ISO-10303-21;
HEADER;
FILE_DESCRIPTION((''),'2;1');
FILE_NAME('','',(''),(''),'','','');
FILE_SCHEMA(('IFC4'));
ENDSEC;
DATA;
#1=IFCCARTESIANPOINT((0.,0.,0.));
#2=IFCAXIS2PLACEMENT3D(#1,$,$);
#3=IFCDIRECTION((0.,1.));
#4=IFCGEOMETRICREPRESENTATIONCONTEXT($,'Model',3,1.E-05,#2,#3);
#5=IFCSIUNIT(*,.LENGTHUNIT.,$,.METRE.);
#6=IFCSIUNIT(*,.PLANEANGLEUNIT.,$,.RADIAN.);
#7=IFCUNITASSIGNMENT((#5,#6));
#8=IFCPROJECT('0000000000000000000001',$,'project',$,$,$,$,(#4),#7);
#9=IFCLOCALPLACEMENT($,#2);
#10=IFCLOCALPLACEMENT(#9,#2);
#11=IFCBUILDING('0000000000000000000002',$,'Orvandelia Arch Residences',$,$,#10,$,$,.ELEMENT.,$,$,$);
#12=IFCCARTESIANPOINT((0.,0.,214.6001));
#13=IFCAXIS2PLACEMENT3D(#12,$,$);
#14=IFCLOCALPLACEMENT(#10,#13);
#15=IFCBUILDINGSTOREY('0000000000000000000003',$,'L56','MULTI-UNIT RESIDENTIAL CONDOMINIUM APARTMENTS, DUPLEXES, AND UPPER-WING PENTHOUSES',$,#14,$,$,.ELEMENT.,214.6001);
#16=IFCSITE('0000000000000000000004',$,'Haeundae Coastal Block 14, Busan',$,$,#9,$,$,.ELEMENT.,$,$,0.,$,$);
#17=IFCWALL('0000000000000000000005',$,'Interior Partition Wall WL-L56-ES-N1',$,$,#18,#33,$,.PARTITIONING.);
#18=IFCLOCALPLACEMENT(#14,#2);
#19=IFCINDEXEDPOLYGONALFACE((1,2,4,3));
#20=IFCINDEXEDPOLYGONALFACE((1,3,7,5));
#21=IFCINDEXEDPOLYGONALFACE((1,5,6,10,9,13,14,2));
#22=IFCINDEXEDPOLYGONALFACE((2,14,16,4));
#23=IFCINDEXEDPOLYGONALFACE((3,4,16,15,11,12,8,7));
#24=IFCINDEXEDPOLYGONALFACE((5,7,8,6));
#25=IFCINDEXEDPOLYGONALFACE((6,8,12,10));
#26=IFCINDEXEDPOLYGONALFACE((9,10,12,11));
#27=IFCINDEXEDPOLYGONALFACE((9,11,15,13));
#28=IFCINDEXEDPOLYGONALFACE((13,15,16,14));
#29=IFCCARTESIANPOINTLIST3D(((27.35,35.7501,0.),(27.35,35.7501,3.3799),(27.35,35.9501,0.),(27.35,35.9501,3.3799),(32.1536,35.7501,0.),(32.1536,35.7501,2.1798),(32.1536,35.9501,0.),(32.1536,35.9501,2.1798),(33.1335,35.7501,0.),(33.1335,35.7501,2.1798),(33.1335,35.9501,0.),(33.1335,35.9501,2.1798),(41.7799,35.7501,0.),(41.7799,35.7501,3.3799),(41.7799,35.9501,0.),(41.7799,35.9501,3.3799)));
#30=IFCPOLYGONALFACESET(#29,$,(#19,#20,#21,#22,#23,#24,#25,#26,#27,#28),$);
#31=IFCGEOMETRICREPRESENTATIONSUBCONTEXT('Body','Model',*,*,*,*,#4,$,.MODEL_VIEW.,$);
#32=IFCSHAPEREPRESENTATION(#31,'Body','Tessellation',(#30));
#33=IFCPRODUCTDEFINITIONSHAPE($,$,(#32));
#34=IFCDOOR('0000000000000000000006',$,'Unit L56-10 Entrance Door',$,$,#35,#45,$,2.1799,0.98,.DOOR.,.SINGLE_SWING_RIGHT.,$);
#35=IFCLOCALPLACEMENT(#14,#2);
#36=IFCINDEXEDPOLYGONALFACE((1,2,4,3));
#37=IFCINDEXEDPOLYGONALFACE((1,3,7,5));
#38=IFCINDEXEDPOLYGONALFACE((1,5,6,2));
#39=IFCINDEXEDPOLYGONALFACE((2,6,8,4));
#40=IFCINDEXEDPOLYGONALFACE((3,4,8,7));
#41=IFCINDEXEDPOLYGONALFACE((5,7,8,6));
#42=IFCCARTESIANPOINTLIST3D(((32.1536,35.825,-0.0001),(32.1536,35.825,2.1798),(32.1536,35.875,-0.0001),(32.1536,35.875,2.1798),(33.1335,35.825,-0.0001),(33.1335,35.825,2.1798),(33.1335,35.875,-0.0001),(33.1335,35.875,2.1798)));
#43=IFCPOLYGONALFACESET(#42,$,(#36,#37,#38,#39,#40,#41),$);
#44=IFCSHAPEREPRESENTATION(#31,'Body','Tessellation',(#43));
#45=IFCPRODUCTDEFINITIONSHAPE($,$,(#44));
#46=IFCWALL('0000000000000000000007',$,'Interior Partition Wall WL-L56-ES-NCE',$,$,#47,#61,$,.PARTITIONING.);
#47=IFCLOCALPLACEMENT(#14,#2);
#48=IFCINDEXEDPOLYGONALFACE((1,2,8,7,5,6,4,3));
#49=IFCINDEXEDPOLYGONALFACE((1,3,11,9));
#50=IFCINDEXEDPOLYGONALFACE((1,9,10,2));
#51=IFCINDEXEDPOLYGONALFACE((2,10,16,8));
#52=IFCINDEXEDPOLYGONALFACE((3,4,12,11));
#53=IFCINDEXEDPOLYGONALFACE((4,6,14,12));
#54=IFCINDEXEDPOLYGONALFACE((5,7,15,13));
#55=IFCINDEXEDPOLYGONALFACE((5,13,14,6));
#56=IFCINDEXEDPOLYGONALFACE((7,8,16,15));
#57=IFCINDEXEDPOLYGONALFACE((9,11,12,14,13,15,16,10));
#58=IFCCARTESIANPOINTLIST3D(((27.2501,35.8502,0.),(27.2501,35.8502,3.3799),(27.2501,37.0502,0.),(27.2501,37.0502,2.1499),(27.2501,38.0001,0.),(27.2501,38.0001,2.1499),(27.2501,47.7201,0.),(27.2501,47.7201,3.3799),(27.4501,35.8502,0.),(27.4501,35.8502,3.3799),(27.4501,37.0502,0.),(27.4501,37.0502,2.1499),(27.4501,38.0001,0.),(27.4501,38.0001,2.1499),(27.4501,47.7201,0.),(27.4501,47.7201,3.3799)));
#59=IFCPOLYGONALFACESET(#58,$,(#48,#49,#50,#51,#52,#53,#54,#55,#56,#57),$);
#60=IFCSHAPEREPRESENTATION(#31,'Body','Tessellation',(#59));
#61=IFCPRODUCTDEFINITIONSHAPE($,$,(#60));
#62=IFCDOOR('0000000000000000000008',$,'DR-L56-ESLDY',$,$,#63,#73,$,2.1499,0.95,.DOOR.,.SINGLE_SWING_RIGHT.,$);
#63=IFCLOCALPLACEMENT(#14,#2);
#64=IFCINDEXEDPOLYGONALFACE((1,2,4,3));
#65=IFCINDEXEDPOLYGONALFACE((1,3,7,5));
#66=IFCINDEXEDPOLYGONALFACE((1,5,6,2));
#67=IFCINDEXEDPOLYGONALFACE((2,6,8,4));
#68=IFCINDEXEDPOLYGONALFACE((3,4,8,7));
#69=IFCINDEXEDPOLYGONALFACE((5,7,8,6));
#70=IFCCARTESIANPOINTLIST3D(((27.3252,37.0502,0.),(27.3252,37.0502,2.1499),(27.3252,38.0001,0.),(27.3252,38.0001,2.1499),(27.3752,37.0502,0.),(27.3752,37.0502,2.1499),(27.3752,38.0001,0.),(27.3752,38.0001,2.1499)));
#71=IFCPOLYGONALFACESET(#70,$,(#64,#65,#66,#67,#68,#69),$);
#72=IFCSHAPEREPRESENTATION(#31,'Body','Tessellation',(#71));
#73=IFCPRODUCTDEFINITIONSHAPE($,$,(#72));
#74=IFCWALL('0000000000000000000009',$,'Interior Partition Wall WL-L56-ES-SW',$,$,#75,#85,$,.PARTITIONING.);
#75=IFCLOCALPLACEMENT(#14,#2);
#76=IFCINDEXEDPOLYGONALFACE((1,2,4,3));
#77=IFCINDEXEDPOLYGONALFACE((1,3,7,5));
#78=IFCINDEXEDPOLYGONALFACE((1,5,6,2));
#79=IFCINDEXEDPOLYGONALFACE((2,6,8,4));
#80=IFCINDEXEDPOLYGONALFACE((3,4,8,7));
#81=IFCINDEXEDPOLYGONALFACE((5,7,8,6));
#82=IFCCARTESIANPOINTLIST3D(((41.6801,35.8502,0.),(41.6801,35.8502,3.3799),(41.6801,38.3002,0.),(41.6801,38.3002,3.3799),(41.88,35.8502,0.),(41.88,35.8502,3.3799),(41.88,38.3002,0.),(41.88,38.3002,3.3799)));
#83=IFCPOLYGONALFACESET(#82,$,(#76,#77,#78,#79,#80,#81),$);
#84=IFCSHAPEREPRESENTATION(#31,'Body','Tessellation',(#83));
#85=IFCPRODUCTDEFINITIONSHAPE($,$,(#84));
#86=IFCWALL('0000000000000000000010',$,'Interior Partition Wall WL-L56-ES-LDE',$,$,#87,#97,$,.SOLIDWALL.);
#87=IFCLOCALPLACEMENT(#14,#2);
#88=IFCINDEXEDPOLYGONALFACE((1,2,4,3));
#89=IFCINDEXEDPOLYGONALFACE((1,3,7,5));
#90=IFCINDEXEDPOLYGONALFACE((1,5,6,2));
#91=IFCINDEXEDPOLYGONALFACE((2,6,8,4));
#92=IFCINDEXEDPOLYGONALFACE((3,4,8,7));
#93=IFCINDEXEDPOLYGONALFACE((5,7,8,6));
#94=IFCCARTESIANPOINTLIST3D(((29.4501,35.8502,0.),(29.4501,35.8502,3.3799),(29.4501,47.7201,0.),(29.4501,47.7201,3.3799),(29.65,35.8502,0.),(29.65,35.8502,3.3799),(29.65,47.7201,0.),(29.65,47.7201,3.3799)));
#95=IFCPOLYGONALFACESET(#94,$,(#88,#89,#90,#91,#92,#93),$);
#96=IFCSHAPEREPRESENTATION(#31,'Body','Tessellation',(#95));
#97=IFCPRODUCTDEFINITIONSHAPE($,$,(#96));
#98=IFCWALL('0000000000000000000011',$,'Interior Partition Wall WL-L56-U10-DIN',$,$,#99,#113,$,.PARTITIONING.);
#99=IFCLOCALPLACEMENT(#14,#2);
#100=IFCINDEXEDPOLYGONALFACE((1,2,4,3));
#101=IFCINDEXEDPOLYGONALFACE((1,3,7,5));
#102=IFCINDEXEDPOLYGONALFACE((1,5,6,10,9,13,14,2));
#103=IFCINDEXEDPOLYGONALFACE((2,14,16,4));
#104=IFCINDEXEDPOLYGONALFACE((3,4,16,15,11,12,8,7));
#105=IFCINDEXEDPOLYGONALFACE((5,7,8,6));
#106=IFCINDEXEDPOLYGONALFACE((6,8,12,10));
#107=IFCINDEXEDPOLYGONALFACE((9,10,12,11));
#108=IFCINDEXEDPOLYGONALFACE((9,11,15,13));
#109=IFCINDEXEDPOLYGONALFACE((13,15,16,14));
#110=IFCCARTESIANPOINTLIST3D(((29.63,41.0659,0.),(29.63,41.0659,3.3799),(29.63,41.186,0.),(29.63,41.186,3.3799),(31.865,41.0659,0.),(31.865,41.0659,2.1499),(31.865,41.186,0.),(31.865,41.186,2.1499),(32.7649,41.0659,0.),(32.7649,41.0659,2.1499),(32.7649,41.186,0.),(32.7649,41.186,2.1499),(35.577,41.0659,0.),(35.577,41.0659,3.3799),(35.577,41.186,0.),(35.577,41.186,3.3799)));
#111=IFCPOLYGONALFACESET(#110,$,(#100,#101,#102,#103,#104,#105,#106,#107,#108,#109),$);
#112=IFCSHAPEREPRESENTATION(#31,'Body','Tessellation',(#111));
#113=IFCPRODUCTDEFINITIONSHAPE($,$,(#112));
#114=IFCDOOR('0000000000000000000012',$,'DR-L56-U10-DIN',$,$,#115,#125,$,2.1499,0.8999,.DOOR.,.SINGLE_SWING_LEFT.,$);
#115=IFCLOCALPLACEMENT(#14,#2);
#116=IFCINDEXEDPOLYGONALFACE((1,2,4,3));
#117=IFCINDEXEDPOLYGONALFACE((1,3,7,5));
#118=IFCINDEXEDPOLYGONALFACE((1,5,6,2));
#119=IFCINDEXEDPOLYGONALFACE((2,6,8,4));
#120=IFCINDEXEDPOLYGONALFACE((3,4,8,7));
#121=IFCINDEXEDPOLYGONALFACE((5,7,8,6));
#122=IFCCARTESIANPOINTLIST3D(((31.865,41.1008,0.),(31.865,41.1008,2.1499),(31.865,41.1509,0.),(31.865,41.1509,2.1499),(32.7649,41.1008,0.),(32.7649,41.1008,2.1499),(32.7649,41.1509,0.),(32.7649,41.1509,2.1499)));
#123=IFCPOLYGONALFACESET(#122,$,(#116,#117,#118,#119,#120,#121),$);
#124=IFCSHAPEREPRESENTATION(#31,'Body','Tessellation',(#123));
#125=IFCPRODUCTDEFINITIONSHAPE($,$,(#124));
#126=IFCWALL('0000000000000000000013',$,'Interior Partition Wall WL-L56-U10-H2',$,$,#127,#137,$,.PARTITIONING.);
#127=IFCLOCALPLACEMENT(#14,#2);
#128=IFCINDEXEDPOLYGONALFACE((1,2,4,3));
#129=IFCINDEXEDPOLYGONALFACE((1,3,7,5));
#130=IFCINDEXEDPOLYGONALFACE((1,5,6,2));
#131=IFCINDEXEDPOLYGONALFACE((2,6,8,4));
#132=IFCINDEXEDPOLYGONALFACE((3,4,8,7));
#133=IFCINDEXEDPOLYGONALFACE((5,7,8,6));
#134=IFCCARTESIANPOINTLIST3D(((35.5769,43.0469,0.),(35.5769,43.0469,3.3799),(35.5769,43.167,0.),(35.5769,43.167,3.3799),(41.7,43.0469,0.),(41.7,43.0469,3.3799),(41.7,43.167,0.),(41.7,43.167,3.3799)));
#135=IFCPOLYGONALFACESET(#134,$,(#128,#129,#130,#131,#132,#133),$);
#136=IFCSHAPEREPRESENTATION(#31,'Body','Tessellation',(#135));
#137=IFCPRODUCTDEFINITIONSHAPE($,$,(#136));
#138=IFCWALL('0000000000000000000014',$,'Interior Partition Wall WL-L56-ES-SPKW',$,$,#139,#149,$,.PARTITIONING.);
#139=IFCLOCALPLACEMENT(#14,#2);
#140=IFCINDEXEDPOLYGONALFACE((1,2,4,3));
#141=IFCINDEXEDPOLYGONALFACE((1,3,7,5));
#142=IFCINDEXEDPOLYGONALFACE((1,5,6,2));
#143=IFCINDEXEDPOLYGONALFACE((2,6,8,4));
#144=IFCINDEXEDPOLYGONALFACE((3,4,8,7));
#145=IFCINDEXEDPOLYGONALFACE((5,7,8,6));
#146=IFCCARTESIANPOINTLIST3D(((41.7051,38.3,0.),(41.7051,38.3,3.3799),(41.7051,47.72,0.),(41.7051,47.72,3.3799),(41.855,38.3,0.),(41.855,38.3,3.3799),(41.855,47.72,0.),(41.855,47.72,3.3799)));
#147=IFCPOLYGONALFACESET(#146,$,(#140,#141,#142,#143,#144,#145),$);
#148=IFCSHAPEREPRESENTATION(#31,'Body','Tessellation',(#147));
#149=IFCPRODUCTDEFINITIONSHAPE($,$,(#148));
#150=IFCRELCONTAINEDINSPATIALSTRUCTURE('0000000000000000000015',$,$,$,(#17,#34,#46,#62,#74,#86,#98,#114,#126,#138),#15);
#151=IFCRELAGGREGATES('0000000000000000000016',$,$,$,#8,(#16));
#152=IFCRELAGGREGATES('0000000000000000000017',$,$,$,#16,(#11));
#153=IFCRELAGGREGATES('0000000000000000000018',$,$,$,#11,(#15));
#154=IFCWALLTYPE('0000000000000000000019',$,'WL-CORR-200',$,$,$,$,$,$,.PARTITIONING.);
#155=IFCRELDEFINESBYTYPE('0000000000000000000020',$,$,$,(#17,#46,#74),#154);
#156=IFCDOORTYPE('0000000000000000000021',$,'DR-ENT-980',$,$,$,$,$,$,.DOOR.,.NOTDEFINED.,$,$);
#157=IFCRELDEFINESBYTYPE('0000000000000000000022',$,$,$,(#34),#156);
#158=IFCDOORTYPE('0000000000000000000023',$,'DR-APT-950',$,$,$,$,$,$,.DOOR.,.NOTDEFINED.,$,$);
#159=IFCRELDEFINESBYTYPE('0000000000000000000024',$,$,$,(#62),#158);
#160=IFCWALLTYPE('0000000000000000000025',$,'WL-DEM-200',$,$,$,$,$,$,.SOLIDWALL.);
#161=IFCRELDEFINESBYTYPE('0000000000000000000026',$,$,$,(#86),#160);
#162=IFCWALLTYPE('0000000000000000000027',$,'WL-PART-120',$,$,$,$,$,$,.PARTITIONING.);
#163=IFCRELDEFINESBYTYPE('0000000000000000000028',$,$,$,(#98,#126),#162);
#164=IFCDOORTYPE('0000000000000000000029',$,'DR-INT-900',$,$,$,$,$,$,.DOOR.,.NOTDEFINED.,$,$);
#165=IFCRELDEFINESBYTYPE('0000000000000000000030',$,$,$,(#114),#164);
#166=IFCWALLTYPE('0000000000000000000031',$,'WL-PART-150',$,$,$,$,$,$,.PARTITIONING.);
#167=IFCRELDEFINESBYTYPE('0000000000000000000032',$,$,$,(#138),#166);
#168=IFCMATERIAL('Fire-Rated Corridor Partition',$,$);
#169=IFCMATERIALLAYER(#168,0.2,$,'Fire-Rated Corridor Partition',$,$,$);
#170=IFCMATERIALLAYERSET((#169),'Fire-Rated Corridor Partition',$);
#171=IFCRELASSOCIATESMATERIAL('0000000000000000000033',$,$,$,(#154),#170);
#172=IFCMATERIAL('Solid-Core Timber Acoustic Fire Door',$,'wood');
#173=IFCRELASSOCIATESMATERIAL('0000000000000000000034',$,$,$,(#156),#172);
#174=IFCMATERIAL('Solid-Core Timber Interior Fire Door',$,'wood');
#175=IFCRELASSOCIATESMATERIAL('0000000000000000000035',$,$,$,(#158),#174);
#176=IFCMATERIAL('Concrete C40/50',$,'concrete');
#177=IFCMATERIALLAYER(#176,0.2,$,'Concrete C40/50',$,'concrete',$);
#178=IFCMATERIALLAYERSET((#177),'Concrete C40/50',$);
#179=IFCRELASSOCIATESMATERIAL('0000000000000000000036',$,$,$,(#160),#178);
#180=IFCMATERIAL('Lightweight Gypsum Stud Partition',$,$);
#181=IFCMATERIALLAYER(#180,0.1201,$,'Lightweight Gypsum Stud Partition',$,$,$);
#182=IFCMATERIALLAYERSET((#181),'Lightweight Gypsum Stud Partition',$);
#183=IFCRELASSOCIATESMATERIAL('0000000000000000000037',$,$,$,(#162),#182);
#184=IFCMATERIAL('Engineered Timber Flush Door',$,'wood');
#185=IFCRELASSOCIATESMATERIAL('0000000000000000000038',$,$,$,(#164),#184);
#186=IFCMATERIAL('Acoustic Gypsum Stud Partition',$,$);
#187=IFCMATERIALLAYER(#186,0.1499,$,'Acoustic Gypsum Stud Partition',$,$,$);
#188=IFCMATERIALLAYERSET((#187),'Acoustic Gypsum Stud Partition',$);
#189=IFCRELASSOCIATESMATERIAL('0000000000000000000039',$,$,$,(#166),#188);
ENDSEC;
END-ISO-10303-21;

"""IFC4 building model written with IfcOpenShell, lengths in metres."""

from ifc_helpers import new_model, si_unit, direction, frame, frame_2d, origin, place, context, subcontext, project, spatial, rectangle, extrude, material, layer, layer_set, type_object, element, fill, save


model = new_model("IFC4")

# Units and contexts
model_context = context("Model", 3, precision=1e-05, world=origin(), true_north=direction((0.0, 1.0)))
body_context = subcontext(model_context, "Body", "Model", "MODEL_VIEW")
ifc_project = project(units=[si_unit("LENGTHUNIT", "METRE"), si_unit("PLANEANGLEUNIT", "RADIAN")], contexts=[model_context])

# Site, building, storey
site_placement = place(None, origin())
site = spatial("IfcSite", under=ifc_project, at=site_placement, Name="Haeundae Coastal Block 14, Busan", CompositionType="ELEMENT", RefElevation=0.0)
building_placement = place(site_placement, origin())
building = spatial("IfcBuilding", under=site, at=building_placement, Name="Orvandelia Arch Residences", CompositionType="ELEMENT")
storey_placement = place(building_placement, frame((0.0, 0.0, 214.6001)))
storey = spatial("IfcBuildingStorey", under=building, at=storey_placement, Name="L56", Description="MULTI-UNIT RESIDENTIAL CONDOMINIUM APARTMENTS, DUPLEXES, AND UPPER-WING PENTHOUSES", CompositionType="ELEMENT", Elevation=214.6001)

# Walls, openings, doors
ifc_material_1 = material(Name="Fire-Rated Corridor Partition")
ifc_layer_1 = layer(ifc_material_1, 0.2, Name="Fire-Rated Corridor Partition")
ifc_layer_set_1 = layer_set([ifc_layer_1], Name="Fire-Rated Corridor Partition")
wall_type_1 = type_object("IfcWallType", Name="WL-CORR-200", PredefinedType="PARTITIONING", material=ifc_layer_set_1)
wall_1_placement = place(storey_placement, frame((27.3501, 35.8501, 0.0), z_axis=(0.0, 0.0, 1.0), x_axis=(1.0, 0.0, 0.0)))
wall_1 = element("IfcWall", 1, at=wall_1_placement, inside=storey, type_object=wall_type_1, Name="Interior Partition Wall WL-L56-ES-N1", PredefinedType="PARTITIONING", context=body_context, shape_type="SweptSolid", body=[
    extrude(rectangle(XDim=14.4299, YDim=0.2, at=frame_2d((7.2148, 0.0))), origin(), (0.0, 0.0, 1.0), 3.3799),
])
opening_1_placement = place(wall_1_placement, frame((4.8035, 0.0, 0.0)))
opening_1 = element("IfcOpeningElement", 2, at=opening_1_placement, cuts=wall_1, PredefinedType="OPENING", context=body_context, shape_type="SweptSolid", body=[
    extrude(rectangle(XDim=0.98, YDim=2.1799, at=frame_2d((0.49, 1.0898))), frame((0.0, 0.1099, 0.0), z_axis=(0.0, -1.0, 0.0), x_axis=(1.0, 0.0, 0.0)), (0.0, 0.0, 1.0), 0.22),
])
ifc_material_2 = material(Name="Solid-Core Timber Acoustic Fire Door", Category="wood")
door_type_1 = type_object("IfcDoorType", Name="DR-ENT-980", OperationType="NOTDEFINED", PredefinedType="DOOR", material=ifc_material_2)
door_1_placement = place(opening_1_placement, origin())
door_1 = element("IfcDoor", 3, at=door_1_placement, inside=storey, type_object=door_type_1, Name="Unit L56-10 Entrance Door", OperationType="SINGLE_SWING_RIGHT", OverallHeight=2.1799, OverallWidth=0.98, PredefinedType="DOOR", context=body_context, shape_type="SweptSolid", body=[
    extrude(rectangle(XDim=0.98, YDim=2.1799, at=frame_2d((0.49, 1.0898))), frame((0.0, 0.0249, 0.0), z_axis=(0.0, -1.0, 0.0), x_axis=(1.0, 0.0, 0.0)), (0.0, 0.0, 1.0), 0.05),
])
fill(opening_1, door_1)
wall_2_placement = place(storey_placement, frame((27.3501, 35.8501, 0.0), z_axis=(0.0, 0.0, 1.0), x_axis=(0.0, 1.0, 0.0)))
wall_2 = element("IfcWall", 4, at=wall_2_placement, inside=storey, type_object=wall_type_1, Name="Interior Partition Wall WL-L56-ES-NCE", PredefinedType="PARTITIONING", context=body_context, shape_type="SweptSolid", body=[
    extrude(rectangle(XDim=11.8699, YDim=0.2, at=frame_2d((5.9351, 0.0))), origin(), (0.0, 0.0, 1.0), 3.3799),
])
opening_2_placement = place(wall_2_placement, frame((1.2, 0.0, 0.0)))
opening_2 = element("IfcOpeningElement", 5, at=opening_2_placement, cuts=wall_2, PredefinedType="OPENING", context=body_context, shape_type="SweptSolid", body=[
    extrude(rectangle(XDim=0.95, YDim=2.1499, at=frame_2d((0.4751, 1.075))), frame((0.0, 0.1099, 0.0), z_axis=(0.0, -1.0, 0.0), x_axis=(1.0, 0.0, 0.0)), (0.0, 0.0, 1.0), 0.22),
])
ifc_material_3 = material(Name="Solid-Core Timber Interior Fire Door", Category="wood")
door_type_2 = type_object("IfcDoorType", Name="DR-APT-950", OperationType="NOTDEFINED", PredefinedType="DOOR", material=ifc_material_3)
door_2_placement = place(opening_2_placement, origin())
door_2 = element("IfcDoor", 6, at=door_2_placement, inside=storey, type_object=door_type_2, Name="DR-L56-ESLDY", OperationType="SINGLE_SWING_RIGHT", OverallHeight=2.1499, OverallWidth=0.95, PredefinedType="DOOR", context=body_context, shape_type="SweptSolid", body=[
    extrude(rectangle(XDim=0.95, YDim=2.1499, at=frame_2d((0.4751, 1.075))), frame((0.0, 0.0249, 0.0), z_axis=(0.0, -1.0, 0.0), x_axis=(1.0, 0.0, 0.0)), (0.0, 0.0, 1.0), 0.05),
])
fill(opening_2, door_2)

# Wall
wall_3_placement = place(storey_placement, frame((41.78, 35.8501, 0.0), z_axis=(0.0, 0.0, 1.0), x_axis=(0.0, 1.0, 0.0)))
element("IfcWall", 7, at=wall_3_placement, inside=storey, type_object=wall_type_1, Name="Interior Partition Wall WL-L56-ES-SW", PredefinedType="PARTITIONING", context=body_context, shape_type="SweptSolid", body=[
    extrude(rectangle(XDim=2.45, YDim=0.2, at=frame_2d((1.2251, 0.0))), origin(), (0.0, 0.0, 1.0), 3.3799),
])

# Wall
ifc_material_4 = material(Name="Concrete C40/50", Category="concrete")
ifc_layer_2 = layer(ifc_material_4, 0.2, Name="Concrete C40/50", Category="concrete")
ifc_layer_set_2 = layer_set([ifc_layer_2], Name="Concrete C40/50")
wall_type_2 = type_object("IfcWallType", Name="WL-DEM-200", PredefinedType="SOLIDWALL", material=ifc_layer_set_2)
wall_4_placement = place(storey_placement, frame((29.55, 35.8501, 0.0), z_axis=(0.0, 0.0, 1.0), x_axis=(0.0, 1.0, 0.0)))
element("IfcWall", 8, at=wall_4_placement, inside=storey, type_object=wall_type_2, Name="Interior Partition Wall WL-L56-ES-LDE", PredefinedType="SOLIDWALL", context=body_context, shape_type="SweptSolid", body=[
    extrude(rectangle(XDim=11.8699, YDim=0.2, at=frame_2d((5.9351, 0.0))), origin(), (0.0, 0.0, 1.0), 3.3799),
])

# Wall, opening, door
ifc_material_5 = material(Name="Lightweight Gypsum Stud Partition")
ifc_layer_3 = layer(ifc_material_5, 0.1201, Name="Lightweight Gypsum Stud Partition")
ifc_layer_set_3 = layer_set([ifc_layer_3], Name="Lightweight Gypsum Stud Partition")
wall_type_3 = type_object("IfcWallType", Name="WL-PART-120", PredefinedType="PARTITIONING", material=ifc_layer_set_3)
wall_5_placement = place(storey_placement, frame((29.6299, 41.126, 0.0), z_axis=(0.0, 0.0, 1.0), x_axis=(1.0, 0.0, 0.0)))
wall_5 = element("IfcWall", 9, at=wall_5_placement, inside=storey, type_object=wall_type_3, Name="Interior Partition Wall WL-L56-U10-DIN", PredefinedType="PARTITIONING", context=body_context, shape_type="SweptSolid", body=[
    extrude(rectangle(XDim=5.947, YDim=0.1201, at=frame_2d((2.9736, 0.0))), origin(), (0.0, 0.0, 1.0), 3.3799),
])
opening_3_placement = place(wall_5_placement, frame((2.2351, 0.0, 0.0)))
opening_3 = element("IfcOpeningElement", 10, at=opening_3_placement, cuts=wall_5, PredefinedType="OPENING", context=body_context, shape_type="SweptSolid", body=[
    extrude(rectangle(XDim=0.8999, YDim=2.1499, at=frame_2d((0.45, 1.075))), frame((0.0, 0.0701, 0.0), z_axis=(0.0, -1.0, 0.0), x_axis=(1.0, 0.0, 0.0)), (0.0, 0.0, 1.0), 0.1401),
])
ifc_material_6 = material(Name="Engineered Timber Flush Door", Category="wood")
door_type_3 = type_object("IfcDoorType", Name="DR-INT-900", OperationType="NOTDEFINED", PredefinedType="DOOR", material=ifc_material_6)
door_3_placement = place(opening_3_placement, origin())
door_3 = element("IfcDoor", 11, at=door_3_placement, inside=storey, type_object=door_type_3, Name="DR-L56-U10-DIN", OperationType="SINGLE_SWING_LEFT", OverallHeight=2.1499, OverallWidth=0.8999, PredefinedType="DOOR", context=body_context, shape_type="SweptSolid", body=[
    extrude(rectangle(XDim=0.8999, YDim=2.1499, at=frame_2d((0.45, 1.075))), frame((0.0, 0.0249, 0.0), z_axis=(0.0, -1.0, 0.0), x_axis=(1.0, 0.0, 0.0)), (0.0, 0.0, 1.0), 0.05),
])
fill(opening_3, door_3)

# Walls
wall_6_placement = place(storey_placement, frame((35.5769, 43.1069, 0.0), z_axis=(0.0, 0.0, 1.0), x_axis=(1.0, 0.0, 0.0)))
element("IfcWall", 12, at=wall_6_placement, inside=storey, type_object=wall_type_3, Name="Interior Partition Wall WL-L56-U10-H2", PredefinedType="PARTITIONING", context=body_context, shape_type="SweptSolid", body=[
    extrude(rectangle(XDim=6.123, YDim=0.1201, at=frame_2d((3.0615, 0.0))), origin(), (0.0, 0.0, 1.0), 3.3799),
])
ifc_material_7 = material(Name="Acoustic Gypsum Stud Partition")
ifc_layer_4 = layer(ifc_material_7, 0.1499, Name="Acoustic Gypsum Stud Partition")
ifc_layer_set_4 = layer_set([ifc_layer_4], Name="Acoustic Gypsum Stud Partition")
wall_type_4 = type_object("IfcWallType", Name="WL-PART-150", PredefinedType="PARTITIONING", material=ifc_layer_set_4)
wall_7_placement = place(storey_placement, frame((41.78, 38.3, 0.0), z_axis=(0.0, 0.0, 1.0), x_axis=(0.0, 1.0, 0.0)))
element("IfcWall", 13, at=wall_7_placement, inside=storey, type_object=wall_type_4, Name="Interior Partition Wall WL-L56-ES-SPKW", PredefinedType="PARTITIONING", context=body_context, shape_type="SweptSolid", body=[
    extrude(rectangle(XDim=9.4199, YDim=0.1499, at=frame_2d((4.71, 0.0))), origin(), (0.0, 0.0, 1.0), 3.3799),
])

save(model, "model.ifc")
